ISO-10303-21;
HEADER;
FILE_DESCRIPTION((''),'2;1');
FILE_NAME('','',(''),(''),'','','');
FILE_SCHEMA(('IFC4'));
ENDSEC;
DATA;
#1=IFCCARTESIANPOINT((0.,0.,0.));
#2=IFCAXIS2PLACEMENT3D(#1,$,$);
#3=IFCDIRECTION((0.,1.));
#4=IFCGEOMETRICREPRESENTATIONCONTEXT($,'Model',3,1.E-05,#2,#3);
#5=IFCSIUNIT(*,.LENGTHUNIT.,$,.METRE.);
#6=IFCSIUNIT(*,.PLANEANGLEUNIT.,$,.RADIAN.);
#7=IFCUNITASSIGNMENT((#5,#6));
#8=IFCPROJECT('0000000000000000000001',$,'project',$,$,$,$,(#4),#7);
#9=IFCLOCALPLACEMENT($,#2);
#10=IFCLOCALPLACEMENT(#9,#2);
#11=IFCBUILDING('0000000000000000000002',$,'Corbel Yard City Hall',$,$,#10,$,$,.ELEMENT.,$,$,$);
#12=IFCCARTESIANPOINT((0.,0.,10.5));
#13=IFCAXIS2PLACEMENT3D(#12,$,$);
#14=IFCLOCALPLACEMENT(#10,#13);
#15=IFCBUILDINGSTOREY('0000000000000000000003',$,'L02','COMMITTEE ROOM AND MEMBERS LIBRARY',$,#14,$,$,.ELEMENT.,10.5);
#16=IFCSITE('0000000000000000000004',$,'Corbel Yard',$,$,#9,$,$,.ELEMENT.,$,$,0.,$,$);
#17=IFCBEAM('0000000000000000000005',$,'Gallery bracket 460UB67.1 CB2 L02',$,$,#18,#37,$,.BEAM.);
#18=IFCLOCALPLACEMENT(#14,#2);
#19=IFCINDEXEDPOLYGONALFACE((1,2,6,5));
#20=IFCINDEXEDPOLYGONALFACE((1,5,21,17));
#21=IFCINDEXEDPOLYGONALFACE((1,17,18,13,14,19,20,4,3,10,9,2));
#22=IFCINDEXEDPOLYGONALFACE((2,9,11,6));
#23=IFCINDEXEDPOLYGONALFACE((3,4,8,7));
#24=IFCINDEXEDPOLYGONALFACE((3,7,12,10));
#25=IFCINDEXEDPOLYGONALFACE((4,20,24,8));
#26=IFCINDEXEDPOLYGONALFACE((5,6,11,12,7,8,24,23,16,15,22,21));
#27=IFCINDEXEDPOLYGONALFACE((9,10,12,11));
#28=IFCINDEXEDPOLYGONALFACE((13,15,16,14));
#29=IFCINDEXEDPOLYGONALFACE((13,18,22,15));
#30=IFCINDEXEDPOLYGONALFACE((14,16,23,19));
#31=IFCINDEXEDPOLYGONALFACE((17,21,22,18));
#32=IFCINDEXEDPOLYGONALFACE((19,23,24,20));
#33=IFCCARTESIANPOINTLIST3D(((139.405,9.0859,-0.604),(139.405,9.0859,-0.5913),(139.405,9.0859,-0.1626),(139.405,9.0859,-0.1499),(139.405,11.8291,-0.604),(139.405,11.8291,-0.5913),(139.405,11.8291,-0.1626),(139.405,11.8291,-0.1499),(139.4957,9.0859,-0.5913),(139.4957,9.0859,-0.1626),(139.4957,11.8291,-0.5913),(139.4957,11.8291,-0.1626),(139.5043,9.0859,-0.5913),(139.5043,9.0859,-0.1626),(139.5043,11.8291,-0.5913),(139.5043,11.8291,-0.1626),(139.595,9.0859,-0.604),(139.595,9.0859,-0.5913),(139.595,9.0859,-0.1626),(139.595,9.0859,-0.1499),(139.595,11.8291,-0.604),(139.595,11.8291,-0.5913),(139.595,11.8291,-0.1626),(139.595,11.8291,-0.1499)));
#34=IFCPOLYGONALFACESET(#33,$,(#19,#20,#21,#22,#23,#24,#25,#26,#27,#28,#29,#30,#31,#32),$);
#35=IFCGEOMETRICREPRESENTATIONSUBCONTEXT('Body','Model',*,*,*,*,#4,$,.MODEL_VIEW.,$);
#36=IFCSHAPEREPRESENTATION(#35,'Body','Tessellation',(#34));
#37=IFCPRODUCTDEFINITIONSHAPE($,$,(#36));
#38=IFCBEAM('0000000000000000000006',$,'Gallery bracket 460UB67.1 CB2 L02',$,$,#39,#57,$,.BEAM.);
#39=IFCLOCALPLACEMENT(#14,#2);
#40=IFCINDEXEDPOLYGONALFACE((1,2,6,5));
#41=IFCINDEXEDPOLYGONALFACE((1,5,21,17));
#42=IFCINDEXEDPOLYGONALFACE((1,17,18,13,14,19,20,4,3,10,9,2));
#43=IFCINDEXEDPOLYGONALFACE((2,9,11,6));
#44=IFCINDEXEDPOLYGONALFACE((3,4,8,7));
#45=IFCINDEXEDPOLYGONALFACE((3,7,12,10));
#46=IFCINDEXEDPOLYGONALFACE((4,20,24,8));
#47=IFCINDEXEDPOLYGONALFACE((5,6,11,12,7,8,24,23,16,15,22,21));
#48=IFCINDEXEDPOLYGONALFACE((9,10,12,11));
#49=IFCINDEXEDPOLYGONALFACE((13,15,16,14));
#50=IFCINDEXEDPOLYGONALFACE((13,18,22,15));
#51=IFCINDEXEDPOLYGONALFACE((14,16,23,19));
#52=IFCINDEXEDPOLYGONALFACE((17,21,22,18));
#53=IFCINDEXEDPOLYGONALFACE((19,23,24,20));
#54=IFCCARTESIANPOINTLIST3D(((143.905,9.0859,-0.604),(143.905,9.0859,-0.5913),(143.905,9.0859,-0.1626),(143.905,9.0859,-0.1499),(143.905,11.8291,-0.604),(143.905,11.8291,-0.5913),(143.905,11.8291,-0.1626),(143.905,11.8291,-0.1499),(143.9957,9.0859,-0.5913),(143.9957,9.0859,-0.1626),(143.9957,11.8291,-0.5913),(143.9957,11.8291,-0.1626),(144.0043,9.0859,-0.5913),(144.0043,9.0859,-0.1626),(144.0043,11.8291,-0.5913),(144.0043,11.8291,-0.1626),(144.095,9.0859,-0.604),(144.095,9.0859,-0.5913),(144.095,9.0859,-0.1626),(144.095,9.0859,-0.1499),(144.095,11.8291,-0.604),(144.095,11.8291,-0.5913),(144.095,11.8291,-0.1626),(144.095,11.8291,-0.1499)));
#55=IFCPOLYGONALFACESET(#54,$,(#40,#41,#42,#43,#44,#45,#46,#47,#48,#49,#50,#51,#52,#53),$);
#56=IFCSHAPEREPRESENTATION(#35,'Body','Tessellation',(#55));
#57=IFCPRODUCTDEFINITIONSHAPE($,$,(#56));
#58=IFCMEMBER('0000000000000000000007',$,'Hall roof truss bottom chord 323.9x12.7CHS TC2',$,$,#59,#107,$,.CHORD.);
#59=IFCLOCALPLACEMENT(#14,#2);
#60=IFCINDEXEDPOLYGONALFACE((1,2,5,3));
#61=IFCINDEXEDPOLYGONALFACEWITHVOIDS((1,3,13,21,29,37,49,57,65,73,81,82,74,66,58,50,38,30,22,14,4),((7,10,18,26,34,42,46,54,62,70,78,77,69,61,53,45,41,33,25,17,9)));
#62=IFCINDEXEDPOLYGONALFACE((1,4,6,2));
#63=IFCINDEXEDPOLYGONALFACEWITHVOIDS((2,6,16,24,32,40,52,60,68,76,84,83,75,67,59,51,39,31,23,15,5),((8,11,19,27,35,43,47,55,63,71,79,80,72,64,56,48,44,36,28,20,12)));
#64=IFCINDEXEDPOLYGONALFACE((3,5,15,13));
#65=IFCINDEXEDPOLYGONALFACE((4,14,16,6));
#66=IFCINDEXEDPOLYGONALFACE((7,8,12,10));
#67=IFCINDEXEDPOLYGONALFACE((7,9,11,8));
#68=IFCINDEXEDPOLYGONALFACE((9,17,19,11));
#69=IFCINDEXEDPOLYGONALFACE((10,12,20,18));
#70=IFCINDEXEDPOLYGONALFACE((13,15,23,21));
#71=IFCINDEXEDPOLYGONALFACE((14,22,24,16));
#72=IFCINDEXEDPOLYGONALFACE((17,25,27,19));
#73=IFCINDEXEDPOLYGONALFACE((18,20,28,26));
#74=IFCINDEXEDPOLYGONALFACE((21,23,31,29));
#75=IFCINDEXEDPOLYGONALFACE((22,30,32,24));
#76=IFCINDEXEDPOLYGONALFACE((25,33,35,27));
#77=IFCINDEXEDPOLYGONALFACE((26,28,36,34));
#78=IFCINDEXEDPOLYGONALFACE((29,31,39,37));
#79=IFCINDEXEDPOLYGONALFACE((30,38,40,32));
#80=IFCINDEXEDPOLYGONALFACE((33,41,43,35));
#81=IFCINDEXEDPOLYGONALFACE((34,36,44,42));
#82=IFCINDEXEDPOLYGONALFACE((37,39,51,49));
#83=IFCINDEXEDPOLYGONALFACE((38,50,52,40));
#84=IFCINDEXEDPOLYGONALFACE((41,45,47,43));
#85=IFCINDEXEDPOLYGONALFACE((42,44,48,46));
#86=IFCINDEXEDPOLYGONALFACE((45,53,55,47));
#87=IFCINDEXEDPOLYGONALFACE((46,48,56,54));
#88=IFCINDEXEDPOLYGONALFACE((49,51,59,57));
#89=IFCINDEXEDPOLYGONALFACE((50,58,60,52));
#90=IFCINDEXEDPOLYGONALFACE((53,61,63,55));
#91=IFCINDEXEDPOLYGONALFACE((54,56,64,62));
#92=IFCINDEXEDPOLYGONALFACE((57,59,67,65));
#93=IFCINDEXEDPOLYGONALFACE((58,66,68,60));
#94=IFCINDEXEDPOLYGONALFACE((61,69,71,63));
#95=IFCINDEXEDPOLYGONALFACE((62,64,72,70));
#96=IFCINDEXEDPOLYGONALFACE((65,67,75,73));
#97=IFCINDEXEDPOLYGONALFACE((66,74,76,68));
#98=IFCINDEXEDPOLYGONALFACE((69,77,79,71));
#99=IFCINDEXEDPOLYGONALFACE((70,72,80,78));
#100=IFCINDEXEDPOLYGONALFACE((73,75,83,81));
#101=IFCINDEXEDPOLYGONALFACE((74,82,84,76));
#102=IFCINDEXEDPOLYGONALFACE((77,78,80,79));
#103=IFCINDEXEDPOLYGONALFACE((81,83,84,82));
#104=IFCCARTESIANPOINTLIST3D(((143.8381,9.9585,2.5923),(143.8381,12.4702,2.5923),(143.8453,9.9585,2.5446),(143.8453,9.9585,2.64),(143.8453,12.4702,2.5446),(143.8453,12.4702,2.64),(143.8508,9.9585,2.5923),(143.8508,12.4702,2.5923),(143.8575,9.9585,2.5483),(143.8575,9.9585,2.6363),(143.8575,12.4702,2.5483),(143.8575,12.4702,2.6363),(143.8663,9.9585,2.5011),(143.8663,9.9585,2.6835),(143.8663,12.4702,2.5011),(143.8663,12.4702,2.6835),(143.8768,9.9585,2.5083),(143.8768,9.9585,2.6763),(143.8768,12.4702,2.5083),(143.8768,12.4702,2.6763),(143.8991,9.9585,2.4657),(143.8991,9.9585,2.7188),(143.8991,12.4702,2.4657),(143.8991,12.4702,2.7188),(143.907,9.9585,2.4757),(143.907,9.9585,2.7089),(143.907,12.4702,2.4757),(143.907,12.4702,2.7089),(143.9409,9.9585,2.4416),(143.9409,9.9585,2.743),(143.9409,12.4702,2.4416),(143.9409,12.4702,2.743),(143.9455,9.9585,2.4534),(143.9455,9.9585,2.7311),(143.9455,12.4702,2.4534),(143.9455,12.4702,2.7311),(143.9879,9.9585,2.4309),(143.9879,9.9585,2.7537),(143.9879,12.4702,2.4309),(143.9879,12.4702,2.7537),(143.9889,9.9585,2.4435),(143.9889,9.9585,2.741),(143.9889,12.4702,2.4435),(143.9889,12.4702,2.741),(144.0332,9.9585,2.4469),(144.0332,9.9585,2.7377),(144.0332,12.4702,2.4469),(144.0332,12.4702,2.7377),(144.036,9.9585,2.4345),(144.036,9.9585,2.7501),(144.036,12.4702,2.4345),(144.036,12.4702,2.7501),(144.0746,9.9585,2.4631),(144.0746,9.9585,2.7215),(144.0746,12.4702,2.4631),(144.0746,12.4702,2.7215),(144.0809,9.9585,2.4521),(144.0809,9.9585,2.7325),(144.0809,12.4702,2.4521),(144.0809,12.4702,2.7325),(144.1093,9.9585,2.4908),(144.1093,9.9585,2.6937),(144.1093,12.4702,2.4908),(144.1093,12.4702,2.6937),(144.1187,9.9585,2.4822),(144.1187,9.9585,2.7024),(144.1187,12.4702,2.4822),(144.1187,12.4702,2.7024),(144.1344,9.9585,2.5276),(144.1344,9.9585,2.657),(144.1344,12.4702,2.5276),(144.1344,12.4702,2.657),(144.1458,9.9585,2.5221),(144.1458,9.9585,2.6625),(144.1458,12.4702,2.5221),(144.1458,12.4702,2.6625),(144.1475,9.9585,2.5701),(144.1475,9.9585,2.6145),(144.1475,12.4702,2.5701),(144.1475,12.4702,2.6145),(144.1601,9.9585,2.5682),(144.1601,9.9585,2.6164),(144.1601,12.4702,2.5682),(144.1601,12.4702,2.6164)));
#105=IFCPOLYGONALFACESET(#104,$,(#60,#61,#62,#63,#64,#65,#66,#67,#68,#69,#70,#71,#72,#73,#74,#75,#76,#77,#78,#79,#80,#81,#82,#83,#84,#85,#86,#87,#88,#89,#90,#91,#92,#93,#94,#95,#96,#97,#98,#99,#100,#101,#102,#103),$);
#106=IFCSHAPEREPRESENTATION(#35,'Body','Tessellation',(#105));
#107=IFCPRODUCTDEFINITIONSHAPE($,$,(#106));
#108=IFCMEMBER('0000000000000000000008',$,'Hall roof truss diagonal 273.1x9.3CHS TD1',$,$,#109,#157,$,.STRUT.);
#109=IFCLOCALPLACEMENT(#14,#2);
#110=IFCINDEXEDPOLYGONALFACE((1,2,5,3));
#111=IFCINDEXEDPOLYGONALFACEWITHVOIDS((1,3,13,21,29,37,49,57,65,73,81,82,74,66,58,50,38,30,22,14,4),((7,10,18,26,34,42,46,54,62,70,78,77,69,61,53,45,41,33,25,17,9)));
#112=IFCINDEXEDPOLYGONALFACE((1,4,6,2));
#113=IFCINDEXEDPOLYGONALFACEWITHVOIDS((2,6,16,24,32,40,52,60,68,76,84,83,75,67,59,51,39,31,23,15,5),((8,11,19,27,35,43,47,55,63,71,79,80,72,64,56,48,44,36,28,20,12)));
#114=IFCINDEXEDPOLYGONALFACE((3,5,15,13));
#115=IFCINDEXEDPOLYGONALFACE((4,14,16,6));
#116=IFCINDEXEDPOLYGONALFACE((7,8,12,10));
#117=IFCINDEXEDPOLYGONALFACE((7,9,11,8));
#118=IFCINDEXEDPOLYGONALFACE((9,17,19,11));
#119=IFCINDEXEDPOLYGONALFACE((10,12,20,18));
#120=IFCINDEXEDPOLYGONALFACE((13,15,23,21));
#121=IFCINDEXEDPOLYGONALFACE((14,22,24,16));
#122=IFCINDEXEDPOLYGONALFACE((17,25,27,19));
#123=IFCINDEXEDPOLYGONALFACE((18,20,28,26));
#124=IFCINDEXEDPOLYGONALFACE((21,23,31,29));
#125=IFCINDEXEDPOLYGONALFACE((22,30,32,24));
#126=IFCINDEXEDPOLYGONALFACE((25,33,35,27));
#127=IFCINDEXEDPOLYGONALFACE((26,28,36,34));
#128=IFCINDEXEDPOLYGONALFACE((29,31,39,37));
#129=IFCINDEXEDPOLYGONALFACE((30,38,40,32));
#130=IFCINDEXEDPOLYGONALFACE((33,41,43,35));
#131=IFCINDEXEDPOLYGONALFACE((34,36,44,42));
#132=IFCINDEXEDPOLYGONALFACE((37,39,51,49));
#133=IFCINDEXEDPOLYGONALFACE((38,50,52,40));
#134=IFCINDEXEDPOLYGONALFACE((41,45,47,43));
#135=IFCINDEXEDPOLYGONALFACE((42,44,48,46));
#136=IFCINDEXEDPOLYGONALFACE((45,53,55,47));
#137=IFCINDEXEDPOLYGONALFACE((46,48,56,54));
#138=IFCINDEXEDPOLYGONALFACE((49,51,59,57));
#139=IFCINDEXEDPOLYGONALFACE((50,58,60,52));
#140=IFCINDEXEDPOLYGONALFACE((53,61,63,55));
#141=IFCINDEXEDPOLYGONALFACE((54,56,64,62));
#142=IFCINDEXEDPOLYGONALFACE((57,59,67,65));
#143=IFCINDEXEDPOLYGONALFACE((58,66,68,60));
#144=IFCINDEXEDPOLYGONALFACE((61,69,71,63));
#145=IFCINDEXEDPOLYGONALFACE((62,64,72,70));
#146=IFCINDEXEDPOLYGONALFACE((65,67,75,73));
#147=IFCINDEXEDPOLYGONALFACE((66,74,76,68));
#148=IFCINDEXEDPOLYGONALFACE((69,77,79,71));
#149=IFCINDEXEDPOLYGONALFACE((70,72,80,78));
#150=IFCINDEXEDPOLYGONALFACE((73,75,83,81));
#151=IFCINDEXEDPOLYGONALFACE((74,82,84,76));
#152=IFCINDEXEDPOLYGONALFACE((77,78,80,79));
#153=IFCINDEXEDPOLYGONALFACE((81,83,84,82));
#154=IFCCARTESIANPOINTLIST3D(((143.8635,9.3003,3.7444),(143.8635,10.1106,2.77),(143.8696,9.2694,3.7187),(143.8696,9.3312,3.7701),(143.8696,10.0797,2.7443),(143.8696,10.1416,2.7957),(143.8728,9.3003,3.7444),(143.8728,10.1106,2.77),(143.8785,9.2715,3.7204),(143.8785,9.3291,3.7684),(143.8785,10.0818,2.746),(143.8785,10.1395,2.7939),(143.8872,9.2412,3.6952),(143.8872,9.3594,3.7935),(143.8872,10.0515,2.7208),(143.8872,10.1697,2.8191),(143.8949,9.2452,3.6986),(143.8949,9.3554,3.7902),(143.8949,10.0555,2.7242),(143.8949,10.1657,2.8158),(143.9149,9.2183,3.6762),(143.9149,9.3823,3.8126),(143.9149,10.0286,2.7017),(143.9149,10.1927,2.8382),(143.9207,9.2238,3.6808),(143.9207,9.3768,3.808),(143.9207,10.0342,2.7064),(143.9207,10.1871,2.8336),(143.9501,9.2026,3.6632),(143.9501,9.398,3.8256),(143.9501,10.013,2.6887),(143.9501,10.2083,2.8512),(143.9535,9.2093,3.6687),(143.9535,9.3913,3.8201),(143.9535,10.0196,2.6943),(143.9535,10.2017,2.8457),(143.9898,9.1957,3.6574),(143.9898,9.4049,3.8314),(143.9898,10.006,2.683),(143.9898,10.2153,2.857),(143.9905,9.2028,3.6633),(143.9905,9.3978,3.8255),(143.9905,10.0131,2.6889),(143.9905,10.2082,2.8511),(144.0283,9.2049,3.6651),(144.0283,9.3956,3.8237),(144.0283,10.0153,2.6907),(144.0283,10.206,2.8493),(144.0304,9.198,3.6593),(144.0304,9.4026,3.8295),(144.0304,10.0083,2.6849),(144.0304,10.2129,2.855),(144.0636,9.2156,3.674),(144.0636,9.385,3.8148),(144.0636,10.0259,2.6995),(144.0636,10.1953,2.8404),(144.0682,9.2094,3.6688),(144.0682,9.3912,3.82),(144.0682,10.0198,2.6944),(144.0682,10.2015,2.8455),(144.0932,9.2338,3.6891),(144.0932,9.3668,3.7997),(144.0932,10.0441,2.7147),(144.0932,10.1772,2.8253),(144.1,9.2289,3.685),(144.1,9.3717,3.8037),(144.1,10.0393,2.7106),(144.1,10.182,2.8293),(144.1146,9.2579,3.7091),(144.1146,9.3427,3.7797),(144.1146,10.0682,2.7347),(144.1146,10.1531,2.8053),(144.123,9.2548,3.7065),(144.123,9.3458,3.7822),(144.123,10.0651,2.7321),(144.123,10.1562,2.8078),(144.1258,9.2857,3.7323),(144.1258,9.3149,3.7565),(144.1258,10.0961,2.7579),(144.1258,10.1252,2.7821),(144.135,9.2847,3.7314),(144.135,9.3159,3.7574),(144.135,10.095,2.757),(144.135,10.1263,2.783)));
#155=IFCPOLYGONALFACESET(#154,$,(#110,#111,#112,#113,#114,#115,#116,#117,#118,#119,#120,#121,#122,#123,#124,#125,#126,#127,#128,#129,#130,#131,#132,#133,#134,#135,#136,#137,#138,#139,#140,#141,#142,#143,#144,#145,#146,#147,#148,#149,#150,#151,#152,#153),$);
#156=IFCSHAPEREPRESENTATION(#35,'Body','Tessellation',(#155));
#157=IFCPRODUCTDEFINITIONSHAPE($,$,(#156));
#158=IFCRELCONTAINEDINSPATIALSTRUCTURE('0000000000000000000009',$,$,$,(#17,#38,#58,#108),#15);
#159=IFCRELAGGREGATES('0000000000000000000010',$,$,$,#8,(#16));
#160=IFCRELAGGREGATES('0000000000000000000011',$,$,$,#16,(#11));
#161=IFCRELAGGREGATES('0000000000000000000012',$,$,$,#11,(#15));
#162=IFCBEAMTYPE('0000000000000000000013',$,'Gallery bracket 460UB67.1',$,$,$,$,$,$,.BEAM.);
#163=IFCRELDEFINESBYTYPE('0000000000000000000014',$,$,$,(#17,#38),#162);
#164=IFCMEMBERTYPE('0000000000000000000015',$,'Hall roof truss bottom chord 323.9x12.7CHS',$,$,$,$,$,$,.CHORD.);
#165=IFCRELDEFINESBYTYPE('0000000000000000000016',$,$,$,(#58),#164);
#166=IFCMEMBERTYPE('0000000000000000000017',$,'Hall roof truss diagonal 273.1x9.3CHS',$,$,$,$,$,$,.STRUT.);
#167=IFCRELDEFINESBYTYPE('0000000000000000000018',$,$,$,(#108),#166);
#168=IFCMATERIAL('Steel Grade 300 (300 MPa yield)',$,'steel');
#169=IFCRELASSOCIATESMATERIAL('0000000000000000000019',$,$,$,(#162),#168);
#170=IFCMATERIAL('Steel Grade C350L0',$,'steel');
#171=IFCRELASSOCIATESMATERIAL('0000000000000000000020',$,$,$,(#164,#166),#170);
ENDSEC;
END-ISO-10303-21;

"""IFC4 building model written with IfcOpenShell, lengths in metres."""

from ifc_helpers import new_model, si_unit, direction, frame, origin, origin_2d, place, context, subcontext, project, spatial, hollow_circle, i_section, extrude, material, material_profile, profile_set, type_object, element, save


model = new_model("IFC4")

# Units and contexts
model_context = context("Model", 3, precision=1e-05, world=origin(), true_north=direction((0.0, 1.0)))
body_context = subcontext(model_context, "Body", "Model", "MODEL_VIEW")
ifc_project = project(units=[si_unit("LENGTHUNIT", "METRE"), si_unit("PLANEANGLEUNIT", "RADIAN")], contexts=[model_context])

# Site, building, storey
site_placement = place(None, origin())
site = spatial("IfcSite", under=ifc_project, at=site_placement, Name="Corbel Yard", CompositionType="ELEMENT", RefElevation=0.0)
building_placement = place(site_placement, origin())
building = spatial("IfcBuilding", under=site, at=building_placement, Name="Corbel Yard City Hall", CompositionType="ELEMENT")
storey_placement = place(building_placement, frame((0.0, 0.0, 10.5)))
storey = spatial("IfcBuildingStorey", under=building, at=storey_placement, Name="L02", Description="COMMITTEE ROOM AND MEMBERS LIBRARY", CompositionType="ELEMENT", Elevation=10.5)

# Shared definitions
ifc_material_1 = material(Name="Steel Grade 300 (300 MPa yield)", Category="steel")

# Shared definitions
ifc_material_2 = material(Name="Steel Grade C350L0", Category="steel")

# Beams
ifc_material_profile_1 = material_profile(ifc_material_1, i_section(OverallWidth=0.1899, OverallDepth=0.4541, WebThickness=0.0085, FlangeThickness=0.0127, at=origin_2d()), Name="460UB67.1")
ifc_profile_set_1 = profile_set([ifc_material_profile_1], Name="Steel Grade 300 (300 MPa yield)")
beam_type_1 = type_object("IfcBeamType", Name="Gallery bracket 460UB67.1", PredefinedType="BEAM", material=ifc_profile_set_1)
for number, where, z_axis, x_axis, name in (
    (1, (139.5, 9.0859, -0.377), (0.0, 1.0, 0.0), (-1.0, 0.0, 0.0), "Gallery bracket 460UB67.1 CB2 L02"),
    (2, (144.0, 9.0859, -0.377), (0.0, 1.0, 0.0), (-1.0, 0.0, 0.0), "Gallery bracket 460UB67.1 CB2 L02"),
):
    element("IfcBeam", number, at=place(storey_placement, frame(where, z_axis=z_axis, x_axis=x_axis)), inside=storey, type_object=beam_type_1, Name=name, PredefinedType="BEAM", context=body_context, shape_type="SweptSolid", body=[
        extrude(i_section(OverallWidth=0.1899, OverallDepth=0.4541, WebThickness=0.0085, FlangeThickness=0.0127, at=origin_2d()), origin(), (0.0, 0.0, 1.0), 2.7432),
    ])

# Members
ifc_material_profile_2 = material_profile(ifc_material_2, hollow_circle(Radius=0.1619, WallThickness=0.0127, at=origin_2d()), Name="323.9x12.7CHS")
ifc_profile_set_2 = profile_set([ifc_material_profile_2], Name="Steel Grade C350L0")
member_type_1 = type_object("IfcMemberType", Name="Hall roof truss bottom chord 323.9x12.7CHS", PredefinedType="CHORD", material=ifc_profile_set_2)
member_1_placement = place(storey_placement, frame((144.0, 9.9585, 2.5923), z_axis=(0.0, 1.0, 0.0), x_axis=(-1.0, 0.0, 0.0)))
element("IfcMember", 3, at=member_1_placement, inside=storey, type_object=member_type_1, Name="Hall roof truss bottom chord 323.9x12.7CHS TC2", PredefinedType="CHORD", context=body_context, shape_type="SweptSolid", body=[
    extrude(hollow_circle(Radius=0.1619, WallThickness=0.0127, at=origin_2d()), origin(), (0.0, 0.0, 1.0), 2.5117),
])
ifc_material_profile_3 = material_profile(ifc_material_2, hollow_circle(Radius=0.1365, WallThickness=0.0093, at=origin_2d()), Name="273.1x9.3CHS")
ifc_profile_set_3 = profile_set([ifc_material_profile_3], Name="Steel Grade C350L0")
member_type_2 = type_object("IfcMemberType", Name="Hall roof truss diagonal 273.1x9.3CHS", PredefinedType="STRUT", material=ifc_profile_set_3)
member_2_placement = place(storey_placement, frame((144.0, 9.3003, 3.7444), z_axis=(0.0, 0.639407, -0.768868), x_axis=(-1.0, 0.0, 0.0)))
element("IfcMember", 4, at=member_2_placement, inside=storey, type_object=member_type_2, Name="Hall roof truss diagonal 273.1x9.3CHS TD1", PredefinedType="STRUT", context=body_context, shape_type="SweptSolid", body=[
    extrude(hollow_circle(Radius=0.1365, WallThickness=0.0093, at=origin_2d()), origin(), (0.0, 0.0, 1.0), 1.2673),
])

save(model, "model.ifc")
